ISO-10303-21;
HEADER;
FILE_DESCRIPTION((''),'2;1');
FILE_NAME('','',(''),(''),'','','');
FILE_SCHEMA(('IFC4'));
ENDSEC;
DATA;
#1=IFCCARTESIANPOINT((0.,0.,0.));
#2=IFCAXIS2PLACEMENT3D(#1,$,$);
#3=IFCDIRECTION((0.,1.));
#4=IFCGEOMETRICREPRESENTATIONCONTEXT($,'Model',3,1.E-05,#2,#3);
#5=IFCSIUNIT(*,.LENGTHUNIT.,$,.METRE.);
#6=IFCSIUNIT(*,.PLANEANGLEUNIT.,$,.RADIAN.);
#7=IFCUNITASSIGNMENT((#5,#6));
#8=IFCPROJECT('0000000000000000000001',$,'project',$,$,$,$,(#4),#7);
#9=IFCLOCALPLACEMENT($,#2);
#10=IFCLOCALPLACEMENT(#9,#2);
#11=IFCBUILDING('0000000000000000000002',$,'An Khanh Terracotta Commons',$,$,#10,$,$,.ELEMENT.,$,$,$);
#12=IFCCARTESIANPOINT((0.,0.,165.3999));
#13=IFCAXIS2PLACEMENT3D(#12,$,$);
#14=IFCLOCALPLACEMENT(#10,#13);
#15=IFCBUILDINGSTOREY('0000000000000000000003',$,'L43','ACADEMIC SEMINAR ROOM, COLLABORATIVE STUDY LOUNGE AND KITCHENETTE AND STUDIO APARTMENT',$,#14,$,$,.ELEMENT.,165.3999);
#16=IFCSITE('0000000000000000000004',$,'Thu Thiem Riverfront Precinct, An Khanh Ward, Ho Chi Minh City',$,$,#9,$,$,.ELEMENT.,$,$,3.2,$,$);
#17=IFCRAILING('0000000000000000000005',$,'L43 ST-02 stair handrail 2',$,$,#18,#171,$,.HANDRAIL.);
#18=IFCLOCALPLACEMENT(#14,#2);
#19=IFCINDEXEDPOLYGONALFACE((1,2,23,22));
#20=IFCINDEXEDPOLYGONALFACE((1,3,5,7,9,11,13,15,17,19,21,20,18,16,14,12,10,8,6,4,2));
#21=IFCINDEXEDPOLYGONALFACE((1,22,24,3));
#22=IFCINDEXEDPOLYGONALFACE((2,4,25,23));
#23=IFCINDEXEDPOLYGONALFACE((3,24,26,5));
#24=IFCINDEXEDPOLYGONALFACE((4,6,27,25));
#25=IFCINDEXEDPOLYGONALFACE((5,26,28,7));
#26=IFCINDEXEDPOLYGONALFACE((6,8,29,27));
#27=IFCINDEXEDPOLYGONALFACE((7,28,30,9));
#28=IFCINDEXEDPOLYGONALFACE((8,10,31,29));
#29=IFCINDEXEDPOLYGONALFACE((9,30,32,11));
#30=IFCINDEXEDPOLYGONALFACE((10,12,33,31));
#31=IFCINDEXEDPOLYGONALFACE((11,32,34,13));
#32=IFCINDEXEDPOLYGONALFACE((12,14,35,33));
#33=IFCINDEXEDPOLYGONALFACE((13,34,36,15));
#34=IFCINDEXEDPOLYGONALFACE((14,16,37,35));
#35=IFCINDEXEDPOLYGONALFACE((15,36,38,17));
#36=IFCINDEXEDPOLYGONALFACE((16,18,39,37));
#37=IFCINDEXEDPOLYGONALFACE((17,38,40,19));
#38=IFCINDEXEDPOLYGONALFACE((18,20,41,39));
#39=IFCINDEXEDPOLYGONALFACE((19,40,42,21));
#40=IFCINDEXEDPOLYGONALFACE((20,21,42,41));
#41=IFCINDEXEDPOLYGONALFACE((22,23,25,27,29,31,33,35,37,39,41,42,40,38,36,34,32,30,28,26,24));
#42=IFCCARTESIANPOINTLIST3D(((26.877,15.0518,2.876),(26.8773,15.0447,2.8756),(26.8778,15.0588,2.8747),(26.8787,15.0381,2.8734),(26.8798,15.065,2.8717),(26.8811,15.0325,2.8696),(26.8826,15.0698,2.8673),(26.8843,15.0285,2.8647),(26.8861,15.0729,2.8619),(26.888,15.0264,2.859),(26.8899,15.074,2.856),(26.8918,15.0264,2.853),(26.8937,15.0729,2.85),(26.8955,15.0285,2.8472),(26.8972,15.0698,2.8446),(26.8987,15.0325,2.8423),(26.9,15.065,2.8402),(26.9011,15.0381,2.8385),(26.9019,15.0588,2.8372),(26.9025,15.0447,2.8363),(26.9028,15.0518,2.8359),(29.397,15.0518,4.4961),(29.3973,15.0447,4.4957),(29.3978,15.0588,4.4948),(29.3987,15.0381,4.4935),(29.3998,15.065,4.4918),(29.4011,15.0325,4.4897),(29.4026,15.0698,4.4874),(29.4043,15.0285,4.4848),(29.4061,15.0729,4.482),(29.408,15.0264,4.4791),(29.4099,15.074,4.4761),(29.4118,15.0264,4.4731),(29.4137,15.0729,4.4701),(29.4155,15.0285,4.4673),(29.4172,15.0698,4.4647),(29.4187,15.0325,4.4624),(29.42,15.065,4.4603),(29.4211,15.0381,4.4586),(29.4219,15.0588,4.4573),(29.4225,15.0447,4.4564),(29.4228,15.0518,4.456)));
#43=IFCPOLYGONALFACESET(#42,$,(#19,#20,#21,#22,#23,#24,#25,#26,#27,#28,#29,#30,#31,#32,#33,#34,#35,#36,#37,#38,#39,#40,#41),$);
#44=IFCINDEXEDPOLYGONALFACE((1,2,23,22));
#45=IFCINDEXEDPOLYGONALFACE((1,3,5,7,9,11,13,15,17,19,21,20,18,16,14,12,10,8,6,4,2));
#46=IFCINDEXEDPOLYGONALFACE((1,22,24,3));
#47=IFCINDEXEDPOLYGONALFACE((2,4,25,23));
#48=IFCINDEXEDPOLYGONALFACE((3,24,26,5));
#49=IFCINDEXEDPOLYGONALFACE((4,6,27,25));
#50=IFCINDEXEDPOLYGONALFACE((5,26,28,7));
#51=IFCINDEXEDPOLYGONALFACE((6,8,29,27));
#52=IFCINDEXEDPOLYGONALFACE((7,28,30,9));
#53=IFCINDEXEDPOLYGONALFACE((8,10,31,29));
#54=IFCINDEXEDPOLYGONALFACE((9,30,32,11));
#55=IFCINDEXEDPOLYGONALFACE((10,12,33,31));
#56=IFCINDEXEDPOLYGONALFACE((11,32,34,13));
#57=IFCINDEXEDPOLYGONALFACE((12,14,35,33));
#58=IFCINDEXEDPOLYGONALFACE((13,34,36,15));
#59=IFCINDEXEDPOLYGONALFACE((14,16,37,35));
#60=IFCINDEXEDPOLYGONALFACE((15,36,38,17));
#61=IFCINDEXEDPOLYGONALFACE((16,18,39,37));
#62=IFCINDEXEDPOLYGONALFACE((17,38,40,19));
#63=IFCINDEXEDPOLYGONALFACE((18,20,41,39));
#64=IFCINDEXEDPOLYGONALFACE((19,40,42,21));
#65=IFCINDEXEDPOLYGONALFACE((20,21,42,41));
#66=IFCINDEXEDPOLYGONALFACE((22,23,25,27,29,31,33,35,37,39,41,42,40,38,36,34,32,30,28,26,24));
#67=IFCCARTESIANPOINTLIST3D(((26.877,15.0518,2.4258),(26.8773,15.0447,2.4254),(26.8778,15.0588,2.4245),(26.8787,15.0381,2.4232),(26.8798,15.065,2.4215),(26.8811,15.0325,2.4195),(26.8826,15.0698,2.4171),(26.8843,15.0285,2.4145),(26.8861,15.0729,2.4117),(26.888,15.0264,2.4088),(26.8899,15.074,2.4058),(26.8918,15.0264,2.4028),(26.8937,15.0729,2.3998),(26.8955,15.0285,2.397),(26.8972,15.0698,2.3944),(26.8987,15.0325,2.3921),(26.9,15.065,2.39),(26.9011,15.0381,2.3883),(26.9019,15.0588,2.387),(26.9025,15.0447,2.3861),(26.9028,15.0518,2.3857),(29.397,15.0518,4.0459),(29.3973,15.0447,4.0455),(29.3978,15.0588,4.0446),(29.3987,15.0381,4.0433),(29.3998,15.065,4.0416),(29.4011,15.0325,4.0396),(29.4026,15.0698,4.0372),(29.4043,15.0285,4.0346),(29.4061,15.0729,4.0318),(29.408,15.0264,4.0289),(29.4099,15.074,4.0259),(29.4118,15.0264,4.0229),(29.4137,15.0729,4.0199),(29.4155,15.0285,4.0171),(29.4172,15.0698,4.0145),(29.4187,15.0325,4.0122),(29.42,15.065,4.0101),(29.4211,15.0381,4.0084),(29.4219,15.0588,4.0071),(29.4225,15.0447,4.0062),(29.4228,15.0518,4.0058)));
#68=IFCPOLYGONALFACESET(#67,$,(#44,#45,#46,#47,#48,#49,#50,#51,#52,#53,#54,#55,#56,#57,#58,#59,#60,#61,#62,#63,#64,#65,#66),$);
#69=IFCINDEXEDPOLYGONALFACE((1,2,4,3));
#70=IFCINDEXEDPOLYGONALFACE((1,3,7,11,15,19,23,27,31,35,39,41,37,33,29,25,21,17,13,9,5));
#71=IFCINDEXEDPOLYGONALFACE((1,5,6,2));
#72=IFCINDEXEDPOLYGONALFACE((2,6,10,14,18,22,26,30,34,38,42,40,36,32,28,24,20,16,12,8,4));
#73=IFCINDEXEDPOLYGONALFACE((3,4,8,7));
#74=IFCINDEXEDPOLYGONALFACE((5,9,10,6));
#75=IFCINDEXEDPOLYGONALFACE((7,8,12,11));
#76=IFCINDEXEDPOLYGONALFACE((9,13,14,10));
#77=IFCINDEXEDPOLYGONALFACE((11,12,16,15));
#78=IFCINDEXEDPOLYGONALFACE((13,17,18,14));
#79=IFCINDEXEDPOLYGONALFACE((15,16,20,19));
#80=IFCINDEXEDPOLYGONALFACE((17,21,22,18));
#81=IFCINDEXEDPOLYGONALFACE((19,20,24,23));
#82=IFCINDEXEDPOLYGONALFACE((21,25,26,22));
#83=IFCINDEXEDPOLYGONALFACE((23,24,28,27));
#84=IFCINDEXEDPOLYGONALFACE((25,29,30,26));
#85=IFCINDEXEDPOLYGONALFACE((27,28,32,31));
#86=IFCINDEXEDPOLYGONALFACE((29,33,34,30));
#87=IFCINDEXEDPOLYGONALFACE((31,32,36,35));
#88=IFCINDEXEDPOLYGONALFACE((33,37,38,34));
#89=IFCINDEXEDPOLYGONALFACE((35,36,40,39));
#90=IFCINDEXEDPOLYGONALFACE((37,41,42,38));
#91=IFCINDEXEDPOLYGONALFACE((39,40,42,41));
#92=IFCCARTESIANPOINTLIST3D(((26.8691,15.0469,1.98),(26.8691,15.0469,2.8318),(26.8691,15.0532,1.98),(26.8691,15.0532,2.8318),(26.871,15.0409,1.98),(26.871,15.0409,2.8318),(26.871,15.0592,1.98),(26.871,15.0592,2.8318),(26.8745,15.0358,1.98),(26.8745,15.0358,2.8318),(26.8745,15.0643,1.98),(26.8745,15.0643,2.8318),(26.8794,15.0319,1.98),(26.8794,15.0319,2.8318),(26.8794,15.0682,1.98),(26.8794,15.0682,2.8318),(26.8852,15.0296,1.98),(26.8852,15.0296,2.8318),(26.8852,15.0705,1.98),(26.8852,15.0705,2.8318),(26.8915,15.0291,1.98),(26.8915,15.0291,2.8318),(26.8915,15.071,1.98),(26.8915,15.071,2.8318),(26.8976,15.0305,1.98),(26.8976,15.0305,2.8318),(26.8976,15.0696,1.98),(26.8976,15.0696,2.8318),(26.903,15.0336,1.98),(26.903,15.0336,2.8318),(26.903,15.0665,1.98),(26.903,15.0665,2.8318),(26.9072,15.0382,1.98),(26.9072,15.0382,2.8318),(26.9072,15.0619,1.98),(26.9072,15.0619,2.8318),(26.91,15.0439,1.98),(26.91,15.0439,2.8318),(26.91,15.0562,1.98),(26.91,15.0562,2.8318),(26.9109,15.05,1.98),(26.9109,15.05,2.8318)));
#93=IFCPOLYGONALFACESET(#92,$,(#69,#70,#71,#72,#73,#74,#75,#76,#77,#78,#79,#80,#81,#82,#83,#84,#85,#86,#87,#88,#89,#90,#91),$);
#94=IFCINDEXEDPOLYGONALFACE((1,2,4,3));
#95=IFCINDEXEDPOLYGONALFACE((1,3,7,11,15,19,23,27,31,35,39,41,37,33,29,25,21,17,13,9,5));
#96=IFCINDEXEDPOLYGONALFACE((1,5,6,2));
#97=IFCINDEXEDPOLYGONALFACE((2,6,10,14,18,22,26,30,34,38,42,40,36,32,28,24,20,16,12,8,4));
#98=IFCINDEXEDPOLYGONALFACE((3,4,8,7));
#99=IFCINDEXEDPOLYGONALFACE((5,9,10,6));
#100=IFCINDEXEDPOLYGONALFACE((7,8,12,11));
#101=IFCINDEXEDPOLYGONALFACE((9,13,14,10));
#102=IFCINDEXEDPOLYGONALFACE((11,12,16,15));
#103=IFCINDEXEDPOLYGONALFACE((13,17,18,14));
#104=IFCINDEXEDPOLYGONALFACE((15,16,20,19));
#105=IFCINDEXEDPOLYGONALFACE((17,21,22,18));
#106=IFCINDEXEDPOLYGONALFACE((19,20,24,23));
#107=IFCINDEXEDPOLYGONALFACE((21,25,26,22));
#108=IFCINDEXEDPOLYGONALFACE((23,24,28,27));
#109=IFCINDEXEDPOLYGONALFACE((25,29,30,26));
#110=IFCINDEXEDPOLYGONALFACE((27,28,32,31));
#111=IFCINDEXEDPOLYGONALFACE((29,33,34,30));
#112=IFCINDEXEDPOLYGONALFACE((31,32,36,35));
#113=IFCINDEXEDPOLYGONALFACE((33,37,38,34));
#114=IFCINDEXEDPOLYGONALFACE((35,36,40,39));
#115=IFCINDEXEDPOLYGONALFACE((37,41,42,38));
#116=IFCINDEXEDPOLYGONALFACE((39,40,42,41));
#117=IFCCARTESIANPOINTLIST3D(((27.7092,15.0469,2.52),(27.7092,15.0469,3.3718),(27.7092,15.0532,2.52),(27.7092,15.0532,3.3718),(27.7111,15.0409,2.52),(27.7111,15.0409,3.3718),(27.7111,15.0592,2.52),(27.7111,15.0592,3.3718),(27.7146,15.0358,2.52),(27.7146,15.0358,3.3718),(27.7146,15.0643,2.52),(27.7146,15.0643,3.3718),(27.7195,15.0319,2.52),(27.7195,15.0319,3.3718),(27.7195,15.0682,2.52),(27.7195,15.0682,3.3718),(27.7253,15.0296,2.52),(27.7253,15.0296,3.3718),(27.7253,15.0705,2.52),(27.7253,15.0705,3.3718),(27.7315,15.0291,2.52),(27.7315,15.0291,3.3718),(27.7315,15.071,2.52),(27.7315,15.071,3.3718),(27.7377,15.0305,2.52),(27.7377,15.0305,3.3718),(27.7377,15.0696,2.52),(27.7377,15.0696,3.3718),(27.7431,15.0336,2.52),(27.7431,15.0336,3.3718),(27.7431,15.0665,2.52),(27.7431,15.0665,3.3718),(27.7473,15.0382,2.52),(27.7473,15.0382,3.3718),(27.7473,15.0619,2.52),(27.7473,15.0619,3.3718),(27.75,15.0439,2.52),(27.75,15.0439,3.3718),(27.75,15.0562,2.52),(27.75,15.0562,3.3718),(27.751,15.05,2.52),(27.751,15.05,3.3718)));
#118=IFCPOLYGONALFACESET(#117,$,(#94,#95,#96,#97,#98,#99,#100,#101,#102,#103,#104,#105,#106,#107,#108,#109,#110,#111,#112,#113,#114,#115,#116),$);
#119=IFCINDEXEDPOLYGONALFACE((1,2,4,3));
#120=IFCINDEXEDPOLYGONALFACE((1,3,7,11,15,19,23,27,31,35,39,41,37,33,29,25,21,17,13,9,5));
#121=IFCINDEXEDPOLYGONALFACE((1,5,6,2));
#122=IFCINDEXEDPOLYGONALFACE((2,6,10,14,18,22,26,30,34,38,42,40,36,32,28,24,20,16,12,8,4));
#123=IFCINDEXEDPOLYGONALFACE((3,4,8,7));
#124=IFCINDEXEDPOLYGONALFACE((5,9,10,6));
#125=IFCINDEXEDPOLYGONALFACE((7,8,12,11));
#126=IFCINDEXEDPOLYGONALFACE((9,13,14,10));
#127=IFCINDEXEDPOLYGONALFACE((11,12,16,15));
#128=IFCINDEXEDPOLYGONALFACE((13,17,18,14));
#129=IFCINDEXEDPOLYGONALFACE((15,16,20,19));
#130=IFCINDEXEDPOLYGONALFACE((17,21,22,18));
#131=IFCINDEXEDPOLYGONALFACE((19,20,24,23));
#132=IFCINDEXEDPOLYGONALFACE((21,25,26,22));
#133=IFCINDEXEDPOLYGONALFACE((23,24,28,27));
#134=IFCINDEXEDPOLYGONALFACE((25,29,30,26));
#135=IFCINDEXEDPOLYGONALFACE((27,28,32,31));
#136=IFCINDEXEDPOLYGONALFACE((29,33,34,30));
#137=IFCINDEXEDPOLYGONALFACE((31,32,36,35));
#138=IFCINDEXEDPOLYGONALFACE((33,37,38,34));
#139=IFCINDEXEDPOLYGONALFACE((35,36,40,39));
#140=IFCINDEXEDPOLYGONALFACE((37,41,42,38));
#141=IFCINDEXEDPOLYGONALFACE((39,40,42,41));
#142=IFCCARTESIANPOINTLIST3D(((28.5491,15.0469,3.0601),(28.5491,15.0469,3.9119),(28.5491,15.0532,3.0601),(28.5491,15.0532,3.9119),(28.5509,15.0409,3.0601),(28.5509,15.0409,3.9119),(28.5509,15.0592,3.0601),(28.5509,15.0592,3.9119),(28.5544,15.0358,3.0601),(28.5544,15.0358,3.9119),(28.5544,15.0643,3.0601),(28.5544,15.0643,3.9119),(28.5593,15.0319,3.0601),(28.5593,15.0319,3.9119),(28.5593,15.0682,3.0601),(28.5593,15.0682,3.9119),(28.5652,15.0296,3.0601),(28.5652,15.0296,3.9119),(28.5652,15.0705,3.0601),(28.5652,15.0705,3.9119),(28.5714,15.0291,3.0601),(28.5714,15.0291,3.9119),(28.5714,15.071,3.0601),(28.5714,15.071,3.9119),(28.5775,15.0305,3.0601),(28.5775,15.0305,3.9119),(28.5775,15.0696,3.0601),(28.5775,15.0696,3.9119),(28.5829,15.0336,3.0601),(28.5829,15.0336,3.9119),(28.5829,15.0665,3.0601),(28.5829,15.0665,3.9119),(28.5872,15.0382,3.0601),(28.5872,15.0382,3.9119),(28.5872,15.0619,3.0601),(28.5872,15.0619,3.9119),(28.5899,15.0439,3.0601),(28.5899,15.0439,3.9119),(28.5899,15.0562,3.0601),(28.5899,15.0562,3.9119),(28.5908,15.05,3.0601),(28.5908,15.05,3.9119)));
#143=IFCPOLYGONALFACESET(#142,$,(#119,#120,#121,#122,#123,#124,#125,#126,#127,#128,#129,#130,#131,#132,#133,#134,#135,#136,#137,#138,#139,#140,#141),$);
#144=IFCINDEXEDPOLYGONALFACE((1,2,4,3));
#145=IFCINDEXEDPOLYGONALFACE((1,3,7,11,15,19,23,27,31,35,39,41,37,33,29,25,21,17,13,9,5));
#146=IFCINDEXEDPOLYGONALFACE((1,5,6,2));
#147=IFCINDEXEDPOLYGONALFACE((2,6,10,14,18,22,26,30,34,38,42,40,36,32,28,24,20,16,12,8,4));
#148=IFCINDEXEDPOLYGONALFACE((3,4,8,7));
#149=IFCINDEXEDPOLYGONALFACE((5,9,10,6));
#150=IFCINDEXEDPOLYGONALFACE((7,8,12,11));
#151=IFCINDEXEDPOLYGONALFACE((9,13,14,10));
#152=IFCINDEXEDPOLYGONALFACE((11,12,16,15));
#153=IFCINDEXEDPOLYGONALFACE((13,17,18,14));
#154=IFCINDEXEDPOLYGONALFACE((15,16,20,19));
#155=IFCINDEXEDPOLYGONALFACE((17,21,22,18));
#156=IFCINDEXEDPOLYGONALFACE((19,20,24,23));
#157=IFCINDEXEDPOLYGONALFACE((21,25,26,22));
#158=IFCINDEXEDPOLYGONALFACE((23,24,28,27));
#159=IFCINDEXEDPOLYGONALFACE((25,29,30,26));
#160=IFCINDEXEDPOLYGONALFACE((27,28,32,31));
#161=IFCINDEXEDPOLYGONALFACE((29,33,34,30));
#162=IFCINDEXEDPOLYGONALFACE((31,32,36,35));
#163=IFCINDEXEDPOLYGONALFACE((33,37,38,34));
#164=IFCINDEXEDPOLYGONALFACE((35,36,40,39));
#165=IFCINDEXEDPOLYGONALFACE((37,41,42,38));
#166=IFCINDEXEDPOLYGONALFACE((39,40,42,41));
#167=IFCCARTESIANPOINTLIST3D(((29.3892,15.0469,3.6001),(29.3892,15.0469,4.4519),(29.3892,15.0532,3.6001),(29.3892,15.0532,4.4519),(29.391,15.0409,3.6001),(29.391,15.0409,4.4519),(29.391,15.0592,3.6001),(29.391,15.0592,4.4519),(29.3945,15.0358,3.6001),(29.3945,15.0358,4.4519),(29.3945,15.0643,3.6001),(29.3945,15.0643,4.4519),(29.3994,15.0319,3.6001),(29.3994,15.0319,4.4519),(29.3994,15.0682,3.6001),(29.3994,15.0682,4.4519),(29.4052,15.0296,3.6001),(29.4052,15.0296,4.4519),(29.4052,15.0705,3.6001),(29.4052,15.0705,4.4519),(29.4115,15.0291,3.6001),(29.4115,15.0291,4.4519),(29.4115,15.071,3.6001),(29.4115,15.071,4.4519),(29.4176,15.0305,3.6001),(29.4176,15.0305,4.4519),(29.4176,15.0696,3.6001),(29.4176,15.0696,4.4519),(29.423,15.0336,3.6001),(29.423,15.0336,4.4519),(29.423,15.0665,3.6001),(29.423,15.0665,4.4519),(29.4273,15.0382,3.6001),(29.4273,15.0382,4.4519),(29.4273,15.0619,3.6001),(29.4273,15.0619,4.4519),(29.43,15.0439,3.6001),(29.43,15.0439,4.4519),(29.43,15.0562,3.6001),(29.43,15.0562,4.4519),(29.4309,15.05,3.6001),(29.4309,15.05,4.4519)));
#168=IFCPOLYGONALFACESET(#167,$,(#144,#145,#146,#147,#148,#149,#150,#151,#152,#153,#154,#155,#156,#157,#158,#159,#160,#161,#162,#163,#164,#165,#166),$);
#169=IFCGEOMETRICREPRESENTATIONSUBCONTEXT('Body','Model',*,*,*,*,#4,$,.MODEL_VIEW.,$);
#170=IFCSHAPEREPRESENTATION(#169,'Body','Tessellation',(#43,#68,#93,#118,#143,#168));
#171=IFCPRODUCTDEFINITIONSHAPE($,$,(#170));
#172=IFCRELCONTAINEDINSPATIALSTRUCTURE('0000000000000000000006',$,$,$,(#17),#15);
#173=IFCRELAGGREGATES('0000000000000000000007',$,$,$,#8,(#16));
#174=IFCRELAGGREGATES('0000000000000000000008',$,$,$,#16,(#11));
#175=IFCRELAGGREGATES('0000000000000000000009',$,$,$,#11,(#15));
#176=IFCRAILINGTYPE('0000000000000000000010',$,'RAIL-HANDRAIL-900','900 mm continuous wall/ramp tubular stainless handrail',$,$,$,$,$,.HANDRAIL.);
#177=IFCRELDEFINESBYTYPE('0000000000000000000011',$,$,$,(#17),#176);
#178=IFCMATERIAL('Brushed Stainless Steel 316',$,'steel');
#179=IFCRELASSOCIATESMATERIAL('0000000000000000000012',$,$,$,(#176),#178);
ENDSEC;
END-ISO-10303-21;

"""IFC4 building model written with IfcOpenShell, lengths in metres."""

from ifc_helpers import new_model, si_unit, direction, frame, origin, origin_2d, place, context, subcontext, project, spatial, circle, extrude, material, type_object, element, save


model = new_model("IFC4")

# Units and contexts
model_context = context("Model", 3, precision=1e-05, world=origin(), true_north=direction((0.0, 1.0)))
body_context = subcontext(model_context, "Body", "Model", "MODEL_VIEW")
ifc_project = project(units=[si_unit("LENGTHUNIT", "METRE"), si_unit("PLANEANGLEUNIT", "RADIAN")], contexts=[model_context])

# Site, building, storey
site_placement = place(None, origin())
site = spatial("IfcSite", under=ifc_project, at=site_placement, Name="Thu Thiem Riverfront Precinct, An Khanh Ward, Ho Chi Minh City", CompositionType="ELEMENT", RefElevation=3.2)
building_placement = place(site_placement, origin())
building = spatial("IfcBuilding", under=site, at=building_placement, Name="An Khanh Terracotta Commons", CompositionType="ELEMENT")
storey_placement = place(building_placement, frame((0.0, 0.0, 165.3999)))
storey = spatial("IfcBuildingStorey", under=building, at=storey_placement, Name="L43", Description="ACADEMIC SEMINAR ROOM, COLLABORATIVE STUDY LOUNGE AND KITCHENETTE AND STUDIO APARTMENT", CompositionType="ELEMENT", Elevation=165.3999)

# Railing
ifc_material_1 = material(Name="Brushed Stainless Steel 316", Category="steel")
railing_type_1 = type_object("IfcRailingType", Name="RAIL-HANDRAIL-900", Description="900 mm continuous wall/ramp tubular stainless handrail", PredefinedType="HANDRAIL", material=ifc_material_1)
railing_1_placement = place(storey_placement, frame((26.8899, 15.05, 1.98)))
element("IfcRailing", 1, at=railing_1_placement, inside=storey, type_object=railing_type_1, Name="L43 ST-02 stair handrail 2", PredefinedType="HANDRAIL", context=body_context, shape_type="SweptSolid", body=[
    extrude(circle(Radius=0.0239, at=origin_2d()), frame((0.0, 0.0, 0.876), z_axis=(0.841163, 0.0, 0.540782), x_axis=(0.0, 1.0, 0.0)), (0.0, 0.0, 1.0), 2.9958),
    extrude(circle(Radius=0.0239, at=origin_2d()), frame((0.0, 0.0, 0.4258), z_axis=(0.841163, 0.0, 0.540782), x_axis=(0.0, 1.0, 0.0)), (0.0, 0.0, 1.0), 2.9958),
    extrude(circle(Radius=0.021, at=origin_2d()), origin(), (0.0, 0.0, 1.0), 0.8518),
    extrude(circle(Radius=0.021, at=origin_2d()), frame((0.8401, 0.0, 0.54)), (0.0, 0.0, 1.0), 0.8518),
    extrude(circle(Radius=0.021, at=origin_2d()), frame((1.6799, 0.0, 1.0801)), (0.0, 0.0, 1.0), 0.8518),
    extrude(circle(Radius=0.021, at=origin_2d()), frame((2.52, 0.0, 1.6201)), (0.0, 0.0, 1.0), 0.8518),
])

save(model, "model.ifc")
